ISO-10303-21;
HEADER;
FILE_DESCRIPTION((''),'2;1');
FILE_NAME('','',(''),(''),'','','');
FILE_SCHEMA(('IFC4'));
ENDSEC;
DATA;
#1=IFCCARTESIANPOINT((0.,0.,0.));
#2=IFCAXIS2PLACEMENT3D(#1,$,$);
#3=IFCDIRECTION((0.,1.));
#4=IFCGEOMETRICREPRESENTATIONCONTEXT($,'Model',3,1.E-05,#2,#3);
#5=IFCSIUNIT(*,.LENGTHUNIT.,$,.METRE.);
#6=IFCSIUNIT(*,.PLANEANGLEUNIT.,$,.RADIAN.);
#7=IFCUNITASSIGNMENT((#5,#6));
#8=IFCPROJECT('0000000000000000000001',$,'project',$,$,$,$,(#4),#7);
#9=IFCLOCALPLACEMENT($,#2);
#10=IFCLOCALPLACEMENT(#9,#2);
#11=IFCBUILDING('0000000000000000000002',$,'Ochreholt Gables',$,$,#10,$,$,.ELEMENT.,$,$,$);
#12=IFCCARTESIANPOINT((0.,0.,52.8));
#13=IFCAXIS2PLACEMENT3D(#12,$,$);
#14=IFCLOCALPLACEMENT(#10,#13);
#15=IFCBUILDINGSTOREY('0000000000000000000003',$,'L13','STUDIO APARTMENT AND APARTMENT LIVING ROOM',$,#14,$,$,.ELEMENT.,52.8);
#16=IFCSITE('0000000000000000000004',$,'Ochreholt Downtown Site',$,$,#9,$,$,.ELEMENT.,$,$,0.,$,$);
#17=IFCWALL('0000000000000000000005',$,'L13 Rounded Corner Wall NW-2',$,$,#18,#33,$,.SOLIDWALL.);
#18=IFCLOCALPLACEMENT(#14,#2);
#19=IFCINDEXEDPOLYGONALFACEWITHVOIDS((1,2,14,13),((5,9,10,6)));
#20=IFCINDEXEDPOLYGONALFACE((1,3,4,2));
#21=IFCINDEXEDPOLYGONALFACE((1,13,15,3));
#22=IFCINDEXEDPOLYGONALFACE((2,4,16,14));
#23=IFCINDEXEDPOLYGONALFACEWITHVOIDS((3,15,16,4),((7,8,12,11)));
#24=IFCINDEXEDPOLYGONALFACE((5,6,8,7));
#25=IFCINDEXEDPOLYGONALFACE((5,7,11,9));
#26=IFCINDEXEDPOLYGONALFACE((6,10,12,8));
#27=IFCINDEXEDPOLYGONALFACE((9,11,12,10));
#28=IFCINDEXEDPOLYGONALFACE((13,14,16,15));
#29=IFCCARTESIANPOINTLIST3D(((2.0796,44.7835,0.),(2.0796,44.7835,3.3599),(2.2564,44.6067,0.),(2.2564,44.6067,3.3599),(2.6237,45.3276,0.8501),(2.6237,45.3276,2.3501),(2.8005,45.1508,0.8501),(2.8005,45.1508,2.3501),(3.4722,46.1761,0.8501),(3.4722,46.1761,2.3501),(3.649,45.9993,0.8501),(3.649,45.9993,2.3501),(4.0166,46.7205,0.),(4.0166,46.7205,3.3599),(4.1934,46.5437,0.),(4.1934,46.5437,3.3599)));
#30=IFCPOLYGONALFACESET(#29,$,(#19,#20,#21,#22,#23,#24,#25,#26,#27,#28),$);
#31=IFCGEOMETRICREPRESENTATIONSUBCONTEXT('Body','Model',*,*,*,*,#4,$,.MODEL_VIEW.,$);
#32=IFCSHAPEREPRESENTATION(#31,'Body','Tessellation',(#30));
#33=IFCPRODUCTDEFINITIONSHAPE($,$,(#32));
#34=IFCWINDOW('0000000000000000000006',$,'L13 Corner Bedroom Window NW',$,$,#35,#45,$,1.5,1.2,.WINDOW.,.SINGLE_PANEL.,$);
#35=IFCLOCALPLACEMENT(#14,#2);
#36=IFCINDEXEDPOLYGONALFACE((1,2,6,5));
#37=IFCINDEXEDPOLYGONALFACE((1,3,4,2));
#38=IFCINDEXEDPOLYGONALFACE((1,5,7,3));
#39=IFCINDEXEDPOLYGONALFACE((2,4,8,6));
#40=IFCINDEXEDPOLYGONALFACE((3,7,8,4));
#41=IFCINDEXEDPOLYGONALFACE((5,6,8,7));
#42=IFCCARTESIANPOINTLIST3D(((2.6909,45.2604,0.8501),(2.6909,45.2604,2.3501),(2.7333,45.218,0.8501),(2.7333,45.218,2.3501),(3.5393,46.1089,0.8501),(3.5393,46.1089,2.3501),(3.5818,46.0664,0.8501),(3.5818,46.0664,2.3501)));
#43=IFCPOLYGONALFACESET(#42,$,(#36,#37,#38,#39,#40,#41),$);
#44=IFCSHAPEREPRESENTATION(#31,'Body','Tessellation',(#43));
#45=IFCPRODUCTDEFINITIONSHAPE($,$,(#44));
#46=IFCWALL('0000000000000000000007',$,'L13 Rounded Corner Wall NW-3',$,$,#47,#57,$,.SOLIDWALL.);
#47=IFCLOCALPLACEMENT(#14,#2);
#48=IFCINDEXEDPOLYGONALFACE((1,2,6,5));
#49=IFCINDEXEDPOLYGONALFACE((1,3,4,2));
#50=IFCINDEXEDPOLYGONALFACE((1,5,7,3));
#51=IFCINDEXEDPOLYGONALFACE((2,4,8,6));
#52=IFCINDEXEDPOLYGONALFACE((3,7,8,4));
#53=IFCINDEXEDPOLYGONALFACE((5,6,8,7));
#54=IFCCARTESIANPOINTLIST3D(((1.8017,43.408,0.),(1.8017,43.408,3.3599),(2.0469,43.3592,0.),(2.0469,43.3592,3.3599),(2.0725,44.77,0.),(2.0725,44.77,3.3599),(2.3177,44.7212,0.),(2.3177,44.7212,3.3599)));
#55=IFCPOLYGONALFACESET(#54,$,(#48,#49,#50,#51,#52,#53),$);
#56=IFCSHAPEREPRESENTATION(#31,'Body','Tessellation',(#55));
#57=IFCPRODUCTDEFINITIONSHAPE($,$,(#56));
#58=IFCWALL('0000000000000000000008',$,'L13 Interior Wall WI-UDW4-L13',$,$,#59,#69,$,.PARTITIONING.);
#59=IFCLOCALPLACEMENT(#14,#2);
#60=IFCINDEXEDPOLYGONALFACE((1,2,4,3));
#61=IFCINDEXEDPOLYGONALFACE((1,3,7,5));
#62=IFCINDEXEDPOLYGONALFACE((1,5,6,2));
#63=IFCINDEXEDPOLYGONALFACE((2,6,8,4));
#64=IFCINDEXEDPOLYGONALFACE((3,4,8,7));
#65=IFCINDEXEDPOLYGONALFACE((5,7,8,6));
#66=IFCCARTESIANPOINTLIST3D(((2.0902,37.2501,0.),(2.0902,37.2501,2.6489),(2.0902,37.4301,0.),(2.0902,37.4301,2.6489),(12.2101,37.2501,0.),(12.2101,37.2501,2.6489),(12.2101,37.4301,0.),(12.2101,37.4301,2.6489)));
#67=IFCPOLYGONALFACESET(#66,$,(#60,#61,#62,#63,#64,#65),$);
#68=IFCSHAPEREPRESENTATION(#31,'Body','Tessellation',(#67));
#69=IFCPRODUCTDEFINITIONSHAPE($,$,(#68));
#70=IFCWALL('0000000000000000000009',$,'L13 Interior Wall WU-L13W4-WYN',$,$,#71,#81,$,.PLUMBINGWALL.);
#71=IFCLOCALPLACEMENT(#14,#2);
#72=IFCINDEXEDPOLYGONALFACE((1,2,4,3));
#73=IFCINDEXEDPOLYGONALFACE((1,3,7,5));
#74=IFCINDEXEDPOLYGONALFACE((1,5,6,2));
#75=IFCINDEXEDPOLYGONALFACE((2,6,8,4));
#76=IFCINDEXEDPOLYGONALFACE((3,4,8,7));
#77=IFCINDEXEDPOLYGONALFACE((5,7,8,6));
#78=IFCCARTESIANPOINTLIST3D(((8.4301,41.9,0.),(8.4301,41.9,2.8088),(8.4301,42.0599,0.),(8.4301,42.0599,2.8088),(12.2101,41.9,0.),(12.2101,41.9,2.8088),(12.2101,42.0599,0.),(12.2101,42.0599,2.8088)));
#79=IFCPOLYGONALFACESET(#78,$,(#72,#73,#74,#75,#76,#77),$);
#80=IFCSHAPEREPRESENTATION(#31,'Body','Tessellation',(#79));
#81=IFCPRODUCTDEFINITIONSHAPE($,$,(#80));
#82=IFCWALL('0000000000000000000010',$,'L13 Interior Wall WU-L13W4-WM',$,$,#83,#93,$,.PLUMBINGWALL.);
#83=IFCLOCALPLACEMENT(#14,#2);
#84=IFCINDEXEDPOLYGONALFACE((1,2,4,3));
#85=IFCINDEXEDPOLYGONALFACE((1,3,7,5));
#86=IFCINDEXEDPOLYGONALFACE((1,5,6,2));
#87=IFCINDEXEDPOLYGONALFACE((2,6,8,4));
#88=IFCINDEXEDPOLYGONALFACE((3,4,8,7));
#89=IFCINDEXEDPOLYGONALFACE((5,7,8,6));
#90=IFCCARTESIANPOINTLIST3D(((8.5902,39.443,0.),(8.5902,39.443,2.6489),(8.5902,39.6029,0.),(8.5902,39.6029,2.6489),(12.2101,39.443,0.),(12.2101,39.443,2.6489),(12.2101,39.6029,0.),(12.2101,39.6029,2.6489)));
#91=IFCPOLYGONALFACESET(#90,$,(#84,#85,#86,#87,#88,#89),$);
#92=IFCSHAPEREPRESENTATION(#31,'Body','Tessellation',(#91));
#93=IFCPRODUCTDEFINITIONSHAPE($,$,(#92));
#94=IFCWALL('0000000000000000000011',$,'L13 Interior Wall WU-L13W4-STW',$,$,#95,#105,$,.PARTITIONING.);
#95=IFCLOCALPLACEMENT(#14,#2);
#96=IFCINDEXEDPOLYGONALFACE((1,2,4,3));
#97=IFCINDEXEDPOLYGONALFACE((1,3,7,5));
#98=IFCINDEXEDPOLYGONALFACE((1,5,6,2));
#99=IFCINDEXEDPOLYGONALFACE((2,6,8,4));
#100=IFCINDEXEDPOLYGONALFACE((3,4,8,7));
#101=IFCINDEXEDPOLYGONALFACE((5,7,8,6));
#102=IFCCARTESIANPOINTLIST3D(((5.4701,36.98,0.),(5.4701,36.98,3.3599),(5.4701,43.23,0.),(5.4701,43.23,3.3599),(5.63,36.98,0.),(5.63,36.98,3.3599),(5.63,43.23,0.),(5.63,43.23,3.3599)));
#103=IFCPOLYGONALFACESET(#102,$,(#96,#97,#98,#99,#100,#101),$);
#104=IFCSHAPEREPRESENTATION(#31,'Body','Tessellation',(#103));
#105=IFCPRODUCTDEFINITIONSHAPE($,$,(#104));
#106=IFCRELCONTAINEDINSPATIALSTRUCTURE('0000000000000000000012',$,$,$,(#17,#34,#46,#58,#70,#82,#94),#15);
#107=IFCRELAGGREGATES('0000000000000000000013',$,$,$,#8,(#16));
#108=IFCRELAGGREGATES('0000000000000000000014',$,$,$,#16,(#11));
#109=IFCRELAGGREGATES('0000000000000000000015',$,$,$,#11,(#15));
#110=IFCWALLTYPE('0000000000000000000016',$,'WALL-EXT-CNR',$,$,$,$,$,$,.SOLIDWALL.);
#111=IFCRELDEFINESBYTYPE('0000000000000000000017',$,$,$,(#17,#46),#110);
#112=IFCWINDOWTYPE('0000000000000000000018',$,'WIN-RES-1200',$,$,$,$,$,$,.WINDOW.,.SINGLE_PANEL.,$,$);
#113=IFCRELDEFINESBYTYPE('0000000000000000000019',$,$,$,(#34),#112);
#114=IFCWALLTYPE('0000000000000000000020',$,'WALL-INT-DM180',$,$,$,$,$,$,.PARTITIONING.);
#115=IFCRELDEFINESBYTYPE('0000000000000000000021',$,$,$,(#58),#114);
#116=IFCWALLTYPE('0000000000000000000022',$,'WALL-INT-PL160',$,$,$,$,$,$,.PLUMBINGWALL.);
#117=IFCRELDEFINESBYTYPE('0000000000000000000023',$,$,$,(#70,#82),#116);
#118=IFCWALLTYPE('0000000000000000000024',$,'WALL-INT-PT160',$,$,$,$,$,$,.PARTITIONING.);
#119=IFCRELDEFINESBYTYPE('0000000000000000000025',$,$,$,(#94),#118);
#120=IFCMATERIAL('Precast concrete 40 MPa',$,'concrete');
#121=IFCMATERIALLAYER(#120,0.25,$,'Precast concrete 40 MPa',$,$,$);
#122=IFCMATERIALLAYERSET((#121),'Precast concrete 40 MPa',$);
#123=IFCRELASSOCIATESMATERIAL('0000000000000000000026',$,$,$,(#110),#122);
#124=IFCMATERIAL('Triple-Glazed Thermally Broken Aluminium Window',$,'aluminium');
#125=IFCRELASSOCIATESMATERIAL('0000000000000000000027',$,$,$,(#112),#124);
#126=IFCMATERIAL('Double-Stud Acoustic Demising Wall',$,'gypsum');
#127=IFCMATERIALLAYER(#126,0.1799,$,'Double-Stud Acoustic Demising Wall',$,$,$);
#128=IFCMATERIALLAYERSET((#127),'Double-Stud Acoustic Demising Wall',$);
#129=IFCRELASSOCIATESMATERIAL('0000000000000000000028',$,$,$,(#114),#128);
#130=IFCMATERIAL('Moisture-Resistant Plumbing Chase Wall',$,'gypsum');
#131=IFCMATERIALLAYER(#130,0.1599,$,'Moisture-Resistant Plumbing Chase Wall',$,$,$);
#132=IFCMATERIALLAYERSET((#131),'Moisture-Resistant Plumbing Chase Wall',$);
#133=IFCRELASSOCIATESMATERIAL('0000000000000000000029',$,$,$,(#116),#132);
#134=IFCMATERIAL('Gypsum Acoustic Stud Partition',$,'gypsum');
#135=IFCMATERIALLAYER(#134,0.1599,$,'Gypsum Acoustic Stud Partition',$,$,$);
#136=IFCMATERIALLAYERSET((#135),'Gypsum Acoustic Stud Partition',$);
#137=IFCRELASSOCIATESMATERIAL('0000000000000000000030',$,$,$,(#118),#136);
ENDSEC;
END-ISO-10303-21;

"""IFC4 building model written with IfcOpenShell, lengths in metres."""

from ifc_helpers import new_model, si_unit, direction, frame, frame_2d, origin, place, context, subcontext, project, spatial, rectangle, extrude, material, layer, layer_set, type_object, element, fill, save


model = new_model("IFC4")

# Units and contexts
model_context = context("Model", 3, precision=1e-05, world=origin(), true_north=direction((0.0, 1.0)))
body_context = subcontext(model_context, "Body", "Model", "MODEL_VIEW")
ifc_project = project(units=[si_unit("LENGTHUNIT", "METRE"), si_unit("PLANEANGLEUNIT", "RADIAN")], contexts=[model_context])

# Site, building, storey
site_placement = place(None, origin())
site = spatial("IfcSite", under=ifc_project, at=site_placement, Name="Ochreholt Downtown Site", CompositionType="ELEMENT", RefElevation=0.0)
building_placement = place(site_placement, origin())
building = spatial("IfcBuilding", under=site, at=building_placement, Name="Ochreholt Gables", CompositionType="ELEMENT")
storey_placement = place(building_placement, frame((0.0, 0.0, 52.8)))
storey = spatial("IfcBuildingStorey", under=building, at=storey_placement, Name="L13", Description="STUDIO APARTMENT AND APARTMENT LIVING ROOM", CompositionType="ELEMENT", Elevation=52.8)

# Shared definitions
ifc_material_1 = material(Name="Precast concrete 40 MPa", Category="concrete")
ifc_material_2 = material(Name="Triple-Glazed Thermally Broken Aluminium Window", Category="aluminium")

# Shared definitions
ifc_layer_1 = layer(ifc_material_1, 0.25, Name="Precast concrete 40 MPa")
ifc_layer_set_1 = layer_set([ifc_layer_1], Name="Precast concrete 40 MPa")
wall_type_1 = type_object("IfcWallType", Name="WALL-EXT-CNR", PredefinedType="SOLIDWALL", material=ifc_layer_set_1)

# Wall, opening, window
wall_1_placement = place(storey_placement, frame((4.105, 46.6321, 0.0), z_axis=(0.0, 0.0, 1.0), x_axis=(-0.707107, -0.707107, 0.0)))
wall_1 = element("IfcWall", 1, at=wall_1_placement, inside=storey, type_object=wall_type_1, Name="L13 Rounded Corner Wall NW-2", PredefinedType="SOLIDWALL", context=body_context, shape_type="SweptSolid", body=[
    extrude(rectangle(XDim=2.7393, YDim=0.25, at=frame_2d((1.3696, 0.0))), origin(), (0.0, 0.0, 1.0), 3.3599),
])
opening_1_placement = place(wall_1_placement, frame((0.7698, 0.0, 0.8501)))
opening_1 = element("IfcOpeningElement", 2, at=opening_1_placement, cuts=wall_1, PredefinedType="OPENING", context=body_context, shape_type="SweptSolid", body=[
    extrude(rectangle(XDim=1.2, YDim=1.5, at=frame_2d((0.6001, 0.75))), frame((0.0, 0.135, 0.0), z_axis=(0.0, -1.0, 0.0), x_axis=(1.0, 0.0, 0.0)), (0.0, 0.0, 1.0), 0.27),
])
window_type_1 = type_object("IfcWindowType", Name="WIN-RES-1200", PartitioningType="SINGLE_PANEL", PredefinedType="WINDOW", material=ifc_material_2)
window_1_placement = place(opening_1_placement, origin())
window_1 = element("IfcWindow", 3, at=window_1_placement, inside=storey, type_object=window_type_1, Name="L13 Corner Bedroom Window NW", OverallHeight=1.5, OverallWidth=1.2, PartitioningType="SINGLE_PANEL", PredefinedType="WINDOW", context=body_context, shape_type="SweptSolid", body=[
    extrude(rectangle(XDim=1.2, YDim=1.5, at=frame_2d((0.6001, 0.75))), frame((0.0, 0.03, 0.0), z_axis=(0.0, -1.0, 0.0), x_axis=(1.0, 0.0, 0.0)), (0.0, 0.0, 1.0), 0.0601),
])
fill(opening_1, window_1)

# Walls
wall_2_placement = place(storey_placement, frame((2.1951, 44.7456, 0.0), z_axis=(0.0, 0.0, 1.0), x_axis=(-0.194967, -0.98081, 0.0)))
element("IfcWall", 4, at=wall_2_placement, inside=storey, type_object=wall_type_1, Name="L13 Rounded Corner Wall NW-3", PredefinedType="SOLIDWALL", context=body_context, shape_type="SweptSolid", body=[
    extrude(rectangle(XDim=1.3887, YDim=0.25, at=frame_2d((0.6943, 0.0))), origin(), (0.0, 0.0, 1.0), 3.3599),
])
ifc_material_3 = material(Name="Double-Stud Acoustic Demising Wall", Category="gypsum")
ifc_layer_2 = layer(ifc_material_3, 0.1799, Name="Double-Stud Acoustic Demising Wall")
ifc_layer_set_2 = layer_set([ifc_layer_2], Name="Double-Stud Acoustic Demising Wall")
wall_type_2 = type_object("IfcWallType", Name="WALL-INT-DM180", PredefinedType="PARTITIONING", material=ifc_layer_set_2)
wall_3_placement = place(storey_placement, frame((2.0901, 37.3401, 0.0), z_axis=(0.0, 0.0, 1.0), x_axis=(1.0, 0.0, 0.0)))
element("IfcWall", 5, at=wall_3_placement, inside=storey, type_object=wall_type_2, Name="L13 Interior Wall WI-UDW4-L13", PredefinedType="PARTITIONING", context=body_context, shape_type="SweptSolid", body=[
    extrude(rectangle(XDim=10.1199, YDim=0.1799, at=frame_2d((5.0601, 0.0))), origin(), (0.0, 0.0, 1.0), 2.6489),
])
ifc_material_4 = material(Name="Moisture-Resistant Plumbing Chase Wall", Category="gypsum")
ifc_layer_3 = layer(ifc_material_4, 0.1599, Name="Moisture-Resistant Plumbing Chase Wall")
ifc_layer_set_3 = layer_set([ifc_layer_3], Name="Moisture-Resistant Plumbing Chase Wall")
wall_type_3 = type_object("IfcWallType", Name="WALL-INT-PL160", PredefinedType="PLUMBINGWALL", material=ifc_layer_set_3)
wall_4_placement = place(storey_placement, frame((8.4299, 41.98, 0.0), z_axis=(0.0, 0.0, 1.0), x_axis=(1.0, 0.0, 0.0)))
element("IfcWall", 6, at=wall_4_placement, inside=storey, type_object=wall_type_3, Name="L13 Interior Wall WU-L13W4-WYN", PredefinedType="PLUMBINGWALL", context=body_context, shape_type="SweptSolid", body=[
    extrude(rectangle(XDim=3.78, YDim=0.1599, at=frame_2d((1.8901, 0.0))), origin(), (0.0, 0.0, 1.0), 2.8088),
])

# Walls
wall_5_placement = place(storey_placement, frame((8.5901, 39.5229, 0.0), z_axis=(0.0, 0.0, 1.0), x_axis=(1.0, 0.0, 0.0)))
element("IfcWall", 7, at=wall_5_placement, inside=storey, type_object=wall_type_3, Name="L13 Interior Wall WU-L13W4-WM", PredefinedType="PLUMBINGWALL", context=body_context, shape_type="SweptSolid", body=[
    extrude(rectangle(XDim=3.6199, YDim=0.1599, at=frame_2d((1.8101, 0.0))), origin(), (0.0, 0.0, 1.0), 2.6489),
])
ifc_material_5 = material(Name="Gypsum Acoustic Stud Partition", Category="gypsum")
ifc_layer_4 = layer(ifc_material_5, 0.1599, Name="Gypsum Acoustic Stud Partition")
ifc_layer_set_4 = layer_set([ifc_layer_4], Name="Gypsum Acoustic Stud Partition")
wall_type_4 = type_object("IfcWallType", Name="WALL-INT-PT160", PredefinedType="PARTITIONING", material=ifc_layer_set_4)
wall_6_placement = place(storey_placement, frame((5.55, 36.98, 0.0), z_axis=(0.0, 0.0, 1.0), x_axis=(0.0, 1.0, 0.0)))
element("IfcWall", 8, at=wall_6_placement, inside=storey, type_object=wall_type_4, Name="L13 Interior Wall WU-L13W4-STW", PredefinedType="PARTITIONING", context=body_context, shape_type="SweptSolid", body=[
    extrude(rectangle(XDim=6.25, YDim=0.1599, at=frame_2d((3.125, 0.0))), origin(), (0.0, 0.0, 1.0), 3.3599),
])

save(model, "model.ifc")
